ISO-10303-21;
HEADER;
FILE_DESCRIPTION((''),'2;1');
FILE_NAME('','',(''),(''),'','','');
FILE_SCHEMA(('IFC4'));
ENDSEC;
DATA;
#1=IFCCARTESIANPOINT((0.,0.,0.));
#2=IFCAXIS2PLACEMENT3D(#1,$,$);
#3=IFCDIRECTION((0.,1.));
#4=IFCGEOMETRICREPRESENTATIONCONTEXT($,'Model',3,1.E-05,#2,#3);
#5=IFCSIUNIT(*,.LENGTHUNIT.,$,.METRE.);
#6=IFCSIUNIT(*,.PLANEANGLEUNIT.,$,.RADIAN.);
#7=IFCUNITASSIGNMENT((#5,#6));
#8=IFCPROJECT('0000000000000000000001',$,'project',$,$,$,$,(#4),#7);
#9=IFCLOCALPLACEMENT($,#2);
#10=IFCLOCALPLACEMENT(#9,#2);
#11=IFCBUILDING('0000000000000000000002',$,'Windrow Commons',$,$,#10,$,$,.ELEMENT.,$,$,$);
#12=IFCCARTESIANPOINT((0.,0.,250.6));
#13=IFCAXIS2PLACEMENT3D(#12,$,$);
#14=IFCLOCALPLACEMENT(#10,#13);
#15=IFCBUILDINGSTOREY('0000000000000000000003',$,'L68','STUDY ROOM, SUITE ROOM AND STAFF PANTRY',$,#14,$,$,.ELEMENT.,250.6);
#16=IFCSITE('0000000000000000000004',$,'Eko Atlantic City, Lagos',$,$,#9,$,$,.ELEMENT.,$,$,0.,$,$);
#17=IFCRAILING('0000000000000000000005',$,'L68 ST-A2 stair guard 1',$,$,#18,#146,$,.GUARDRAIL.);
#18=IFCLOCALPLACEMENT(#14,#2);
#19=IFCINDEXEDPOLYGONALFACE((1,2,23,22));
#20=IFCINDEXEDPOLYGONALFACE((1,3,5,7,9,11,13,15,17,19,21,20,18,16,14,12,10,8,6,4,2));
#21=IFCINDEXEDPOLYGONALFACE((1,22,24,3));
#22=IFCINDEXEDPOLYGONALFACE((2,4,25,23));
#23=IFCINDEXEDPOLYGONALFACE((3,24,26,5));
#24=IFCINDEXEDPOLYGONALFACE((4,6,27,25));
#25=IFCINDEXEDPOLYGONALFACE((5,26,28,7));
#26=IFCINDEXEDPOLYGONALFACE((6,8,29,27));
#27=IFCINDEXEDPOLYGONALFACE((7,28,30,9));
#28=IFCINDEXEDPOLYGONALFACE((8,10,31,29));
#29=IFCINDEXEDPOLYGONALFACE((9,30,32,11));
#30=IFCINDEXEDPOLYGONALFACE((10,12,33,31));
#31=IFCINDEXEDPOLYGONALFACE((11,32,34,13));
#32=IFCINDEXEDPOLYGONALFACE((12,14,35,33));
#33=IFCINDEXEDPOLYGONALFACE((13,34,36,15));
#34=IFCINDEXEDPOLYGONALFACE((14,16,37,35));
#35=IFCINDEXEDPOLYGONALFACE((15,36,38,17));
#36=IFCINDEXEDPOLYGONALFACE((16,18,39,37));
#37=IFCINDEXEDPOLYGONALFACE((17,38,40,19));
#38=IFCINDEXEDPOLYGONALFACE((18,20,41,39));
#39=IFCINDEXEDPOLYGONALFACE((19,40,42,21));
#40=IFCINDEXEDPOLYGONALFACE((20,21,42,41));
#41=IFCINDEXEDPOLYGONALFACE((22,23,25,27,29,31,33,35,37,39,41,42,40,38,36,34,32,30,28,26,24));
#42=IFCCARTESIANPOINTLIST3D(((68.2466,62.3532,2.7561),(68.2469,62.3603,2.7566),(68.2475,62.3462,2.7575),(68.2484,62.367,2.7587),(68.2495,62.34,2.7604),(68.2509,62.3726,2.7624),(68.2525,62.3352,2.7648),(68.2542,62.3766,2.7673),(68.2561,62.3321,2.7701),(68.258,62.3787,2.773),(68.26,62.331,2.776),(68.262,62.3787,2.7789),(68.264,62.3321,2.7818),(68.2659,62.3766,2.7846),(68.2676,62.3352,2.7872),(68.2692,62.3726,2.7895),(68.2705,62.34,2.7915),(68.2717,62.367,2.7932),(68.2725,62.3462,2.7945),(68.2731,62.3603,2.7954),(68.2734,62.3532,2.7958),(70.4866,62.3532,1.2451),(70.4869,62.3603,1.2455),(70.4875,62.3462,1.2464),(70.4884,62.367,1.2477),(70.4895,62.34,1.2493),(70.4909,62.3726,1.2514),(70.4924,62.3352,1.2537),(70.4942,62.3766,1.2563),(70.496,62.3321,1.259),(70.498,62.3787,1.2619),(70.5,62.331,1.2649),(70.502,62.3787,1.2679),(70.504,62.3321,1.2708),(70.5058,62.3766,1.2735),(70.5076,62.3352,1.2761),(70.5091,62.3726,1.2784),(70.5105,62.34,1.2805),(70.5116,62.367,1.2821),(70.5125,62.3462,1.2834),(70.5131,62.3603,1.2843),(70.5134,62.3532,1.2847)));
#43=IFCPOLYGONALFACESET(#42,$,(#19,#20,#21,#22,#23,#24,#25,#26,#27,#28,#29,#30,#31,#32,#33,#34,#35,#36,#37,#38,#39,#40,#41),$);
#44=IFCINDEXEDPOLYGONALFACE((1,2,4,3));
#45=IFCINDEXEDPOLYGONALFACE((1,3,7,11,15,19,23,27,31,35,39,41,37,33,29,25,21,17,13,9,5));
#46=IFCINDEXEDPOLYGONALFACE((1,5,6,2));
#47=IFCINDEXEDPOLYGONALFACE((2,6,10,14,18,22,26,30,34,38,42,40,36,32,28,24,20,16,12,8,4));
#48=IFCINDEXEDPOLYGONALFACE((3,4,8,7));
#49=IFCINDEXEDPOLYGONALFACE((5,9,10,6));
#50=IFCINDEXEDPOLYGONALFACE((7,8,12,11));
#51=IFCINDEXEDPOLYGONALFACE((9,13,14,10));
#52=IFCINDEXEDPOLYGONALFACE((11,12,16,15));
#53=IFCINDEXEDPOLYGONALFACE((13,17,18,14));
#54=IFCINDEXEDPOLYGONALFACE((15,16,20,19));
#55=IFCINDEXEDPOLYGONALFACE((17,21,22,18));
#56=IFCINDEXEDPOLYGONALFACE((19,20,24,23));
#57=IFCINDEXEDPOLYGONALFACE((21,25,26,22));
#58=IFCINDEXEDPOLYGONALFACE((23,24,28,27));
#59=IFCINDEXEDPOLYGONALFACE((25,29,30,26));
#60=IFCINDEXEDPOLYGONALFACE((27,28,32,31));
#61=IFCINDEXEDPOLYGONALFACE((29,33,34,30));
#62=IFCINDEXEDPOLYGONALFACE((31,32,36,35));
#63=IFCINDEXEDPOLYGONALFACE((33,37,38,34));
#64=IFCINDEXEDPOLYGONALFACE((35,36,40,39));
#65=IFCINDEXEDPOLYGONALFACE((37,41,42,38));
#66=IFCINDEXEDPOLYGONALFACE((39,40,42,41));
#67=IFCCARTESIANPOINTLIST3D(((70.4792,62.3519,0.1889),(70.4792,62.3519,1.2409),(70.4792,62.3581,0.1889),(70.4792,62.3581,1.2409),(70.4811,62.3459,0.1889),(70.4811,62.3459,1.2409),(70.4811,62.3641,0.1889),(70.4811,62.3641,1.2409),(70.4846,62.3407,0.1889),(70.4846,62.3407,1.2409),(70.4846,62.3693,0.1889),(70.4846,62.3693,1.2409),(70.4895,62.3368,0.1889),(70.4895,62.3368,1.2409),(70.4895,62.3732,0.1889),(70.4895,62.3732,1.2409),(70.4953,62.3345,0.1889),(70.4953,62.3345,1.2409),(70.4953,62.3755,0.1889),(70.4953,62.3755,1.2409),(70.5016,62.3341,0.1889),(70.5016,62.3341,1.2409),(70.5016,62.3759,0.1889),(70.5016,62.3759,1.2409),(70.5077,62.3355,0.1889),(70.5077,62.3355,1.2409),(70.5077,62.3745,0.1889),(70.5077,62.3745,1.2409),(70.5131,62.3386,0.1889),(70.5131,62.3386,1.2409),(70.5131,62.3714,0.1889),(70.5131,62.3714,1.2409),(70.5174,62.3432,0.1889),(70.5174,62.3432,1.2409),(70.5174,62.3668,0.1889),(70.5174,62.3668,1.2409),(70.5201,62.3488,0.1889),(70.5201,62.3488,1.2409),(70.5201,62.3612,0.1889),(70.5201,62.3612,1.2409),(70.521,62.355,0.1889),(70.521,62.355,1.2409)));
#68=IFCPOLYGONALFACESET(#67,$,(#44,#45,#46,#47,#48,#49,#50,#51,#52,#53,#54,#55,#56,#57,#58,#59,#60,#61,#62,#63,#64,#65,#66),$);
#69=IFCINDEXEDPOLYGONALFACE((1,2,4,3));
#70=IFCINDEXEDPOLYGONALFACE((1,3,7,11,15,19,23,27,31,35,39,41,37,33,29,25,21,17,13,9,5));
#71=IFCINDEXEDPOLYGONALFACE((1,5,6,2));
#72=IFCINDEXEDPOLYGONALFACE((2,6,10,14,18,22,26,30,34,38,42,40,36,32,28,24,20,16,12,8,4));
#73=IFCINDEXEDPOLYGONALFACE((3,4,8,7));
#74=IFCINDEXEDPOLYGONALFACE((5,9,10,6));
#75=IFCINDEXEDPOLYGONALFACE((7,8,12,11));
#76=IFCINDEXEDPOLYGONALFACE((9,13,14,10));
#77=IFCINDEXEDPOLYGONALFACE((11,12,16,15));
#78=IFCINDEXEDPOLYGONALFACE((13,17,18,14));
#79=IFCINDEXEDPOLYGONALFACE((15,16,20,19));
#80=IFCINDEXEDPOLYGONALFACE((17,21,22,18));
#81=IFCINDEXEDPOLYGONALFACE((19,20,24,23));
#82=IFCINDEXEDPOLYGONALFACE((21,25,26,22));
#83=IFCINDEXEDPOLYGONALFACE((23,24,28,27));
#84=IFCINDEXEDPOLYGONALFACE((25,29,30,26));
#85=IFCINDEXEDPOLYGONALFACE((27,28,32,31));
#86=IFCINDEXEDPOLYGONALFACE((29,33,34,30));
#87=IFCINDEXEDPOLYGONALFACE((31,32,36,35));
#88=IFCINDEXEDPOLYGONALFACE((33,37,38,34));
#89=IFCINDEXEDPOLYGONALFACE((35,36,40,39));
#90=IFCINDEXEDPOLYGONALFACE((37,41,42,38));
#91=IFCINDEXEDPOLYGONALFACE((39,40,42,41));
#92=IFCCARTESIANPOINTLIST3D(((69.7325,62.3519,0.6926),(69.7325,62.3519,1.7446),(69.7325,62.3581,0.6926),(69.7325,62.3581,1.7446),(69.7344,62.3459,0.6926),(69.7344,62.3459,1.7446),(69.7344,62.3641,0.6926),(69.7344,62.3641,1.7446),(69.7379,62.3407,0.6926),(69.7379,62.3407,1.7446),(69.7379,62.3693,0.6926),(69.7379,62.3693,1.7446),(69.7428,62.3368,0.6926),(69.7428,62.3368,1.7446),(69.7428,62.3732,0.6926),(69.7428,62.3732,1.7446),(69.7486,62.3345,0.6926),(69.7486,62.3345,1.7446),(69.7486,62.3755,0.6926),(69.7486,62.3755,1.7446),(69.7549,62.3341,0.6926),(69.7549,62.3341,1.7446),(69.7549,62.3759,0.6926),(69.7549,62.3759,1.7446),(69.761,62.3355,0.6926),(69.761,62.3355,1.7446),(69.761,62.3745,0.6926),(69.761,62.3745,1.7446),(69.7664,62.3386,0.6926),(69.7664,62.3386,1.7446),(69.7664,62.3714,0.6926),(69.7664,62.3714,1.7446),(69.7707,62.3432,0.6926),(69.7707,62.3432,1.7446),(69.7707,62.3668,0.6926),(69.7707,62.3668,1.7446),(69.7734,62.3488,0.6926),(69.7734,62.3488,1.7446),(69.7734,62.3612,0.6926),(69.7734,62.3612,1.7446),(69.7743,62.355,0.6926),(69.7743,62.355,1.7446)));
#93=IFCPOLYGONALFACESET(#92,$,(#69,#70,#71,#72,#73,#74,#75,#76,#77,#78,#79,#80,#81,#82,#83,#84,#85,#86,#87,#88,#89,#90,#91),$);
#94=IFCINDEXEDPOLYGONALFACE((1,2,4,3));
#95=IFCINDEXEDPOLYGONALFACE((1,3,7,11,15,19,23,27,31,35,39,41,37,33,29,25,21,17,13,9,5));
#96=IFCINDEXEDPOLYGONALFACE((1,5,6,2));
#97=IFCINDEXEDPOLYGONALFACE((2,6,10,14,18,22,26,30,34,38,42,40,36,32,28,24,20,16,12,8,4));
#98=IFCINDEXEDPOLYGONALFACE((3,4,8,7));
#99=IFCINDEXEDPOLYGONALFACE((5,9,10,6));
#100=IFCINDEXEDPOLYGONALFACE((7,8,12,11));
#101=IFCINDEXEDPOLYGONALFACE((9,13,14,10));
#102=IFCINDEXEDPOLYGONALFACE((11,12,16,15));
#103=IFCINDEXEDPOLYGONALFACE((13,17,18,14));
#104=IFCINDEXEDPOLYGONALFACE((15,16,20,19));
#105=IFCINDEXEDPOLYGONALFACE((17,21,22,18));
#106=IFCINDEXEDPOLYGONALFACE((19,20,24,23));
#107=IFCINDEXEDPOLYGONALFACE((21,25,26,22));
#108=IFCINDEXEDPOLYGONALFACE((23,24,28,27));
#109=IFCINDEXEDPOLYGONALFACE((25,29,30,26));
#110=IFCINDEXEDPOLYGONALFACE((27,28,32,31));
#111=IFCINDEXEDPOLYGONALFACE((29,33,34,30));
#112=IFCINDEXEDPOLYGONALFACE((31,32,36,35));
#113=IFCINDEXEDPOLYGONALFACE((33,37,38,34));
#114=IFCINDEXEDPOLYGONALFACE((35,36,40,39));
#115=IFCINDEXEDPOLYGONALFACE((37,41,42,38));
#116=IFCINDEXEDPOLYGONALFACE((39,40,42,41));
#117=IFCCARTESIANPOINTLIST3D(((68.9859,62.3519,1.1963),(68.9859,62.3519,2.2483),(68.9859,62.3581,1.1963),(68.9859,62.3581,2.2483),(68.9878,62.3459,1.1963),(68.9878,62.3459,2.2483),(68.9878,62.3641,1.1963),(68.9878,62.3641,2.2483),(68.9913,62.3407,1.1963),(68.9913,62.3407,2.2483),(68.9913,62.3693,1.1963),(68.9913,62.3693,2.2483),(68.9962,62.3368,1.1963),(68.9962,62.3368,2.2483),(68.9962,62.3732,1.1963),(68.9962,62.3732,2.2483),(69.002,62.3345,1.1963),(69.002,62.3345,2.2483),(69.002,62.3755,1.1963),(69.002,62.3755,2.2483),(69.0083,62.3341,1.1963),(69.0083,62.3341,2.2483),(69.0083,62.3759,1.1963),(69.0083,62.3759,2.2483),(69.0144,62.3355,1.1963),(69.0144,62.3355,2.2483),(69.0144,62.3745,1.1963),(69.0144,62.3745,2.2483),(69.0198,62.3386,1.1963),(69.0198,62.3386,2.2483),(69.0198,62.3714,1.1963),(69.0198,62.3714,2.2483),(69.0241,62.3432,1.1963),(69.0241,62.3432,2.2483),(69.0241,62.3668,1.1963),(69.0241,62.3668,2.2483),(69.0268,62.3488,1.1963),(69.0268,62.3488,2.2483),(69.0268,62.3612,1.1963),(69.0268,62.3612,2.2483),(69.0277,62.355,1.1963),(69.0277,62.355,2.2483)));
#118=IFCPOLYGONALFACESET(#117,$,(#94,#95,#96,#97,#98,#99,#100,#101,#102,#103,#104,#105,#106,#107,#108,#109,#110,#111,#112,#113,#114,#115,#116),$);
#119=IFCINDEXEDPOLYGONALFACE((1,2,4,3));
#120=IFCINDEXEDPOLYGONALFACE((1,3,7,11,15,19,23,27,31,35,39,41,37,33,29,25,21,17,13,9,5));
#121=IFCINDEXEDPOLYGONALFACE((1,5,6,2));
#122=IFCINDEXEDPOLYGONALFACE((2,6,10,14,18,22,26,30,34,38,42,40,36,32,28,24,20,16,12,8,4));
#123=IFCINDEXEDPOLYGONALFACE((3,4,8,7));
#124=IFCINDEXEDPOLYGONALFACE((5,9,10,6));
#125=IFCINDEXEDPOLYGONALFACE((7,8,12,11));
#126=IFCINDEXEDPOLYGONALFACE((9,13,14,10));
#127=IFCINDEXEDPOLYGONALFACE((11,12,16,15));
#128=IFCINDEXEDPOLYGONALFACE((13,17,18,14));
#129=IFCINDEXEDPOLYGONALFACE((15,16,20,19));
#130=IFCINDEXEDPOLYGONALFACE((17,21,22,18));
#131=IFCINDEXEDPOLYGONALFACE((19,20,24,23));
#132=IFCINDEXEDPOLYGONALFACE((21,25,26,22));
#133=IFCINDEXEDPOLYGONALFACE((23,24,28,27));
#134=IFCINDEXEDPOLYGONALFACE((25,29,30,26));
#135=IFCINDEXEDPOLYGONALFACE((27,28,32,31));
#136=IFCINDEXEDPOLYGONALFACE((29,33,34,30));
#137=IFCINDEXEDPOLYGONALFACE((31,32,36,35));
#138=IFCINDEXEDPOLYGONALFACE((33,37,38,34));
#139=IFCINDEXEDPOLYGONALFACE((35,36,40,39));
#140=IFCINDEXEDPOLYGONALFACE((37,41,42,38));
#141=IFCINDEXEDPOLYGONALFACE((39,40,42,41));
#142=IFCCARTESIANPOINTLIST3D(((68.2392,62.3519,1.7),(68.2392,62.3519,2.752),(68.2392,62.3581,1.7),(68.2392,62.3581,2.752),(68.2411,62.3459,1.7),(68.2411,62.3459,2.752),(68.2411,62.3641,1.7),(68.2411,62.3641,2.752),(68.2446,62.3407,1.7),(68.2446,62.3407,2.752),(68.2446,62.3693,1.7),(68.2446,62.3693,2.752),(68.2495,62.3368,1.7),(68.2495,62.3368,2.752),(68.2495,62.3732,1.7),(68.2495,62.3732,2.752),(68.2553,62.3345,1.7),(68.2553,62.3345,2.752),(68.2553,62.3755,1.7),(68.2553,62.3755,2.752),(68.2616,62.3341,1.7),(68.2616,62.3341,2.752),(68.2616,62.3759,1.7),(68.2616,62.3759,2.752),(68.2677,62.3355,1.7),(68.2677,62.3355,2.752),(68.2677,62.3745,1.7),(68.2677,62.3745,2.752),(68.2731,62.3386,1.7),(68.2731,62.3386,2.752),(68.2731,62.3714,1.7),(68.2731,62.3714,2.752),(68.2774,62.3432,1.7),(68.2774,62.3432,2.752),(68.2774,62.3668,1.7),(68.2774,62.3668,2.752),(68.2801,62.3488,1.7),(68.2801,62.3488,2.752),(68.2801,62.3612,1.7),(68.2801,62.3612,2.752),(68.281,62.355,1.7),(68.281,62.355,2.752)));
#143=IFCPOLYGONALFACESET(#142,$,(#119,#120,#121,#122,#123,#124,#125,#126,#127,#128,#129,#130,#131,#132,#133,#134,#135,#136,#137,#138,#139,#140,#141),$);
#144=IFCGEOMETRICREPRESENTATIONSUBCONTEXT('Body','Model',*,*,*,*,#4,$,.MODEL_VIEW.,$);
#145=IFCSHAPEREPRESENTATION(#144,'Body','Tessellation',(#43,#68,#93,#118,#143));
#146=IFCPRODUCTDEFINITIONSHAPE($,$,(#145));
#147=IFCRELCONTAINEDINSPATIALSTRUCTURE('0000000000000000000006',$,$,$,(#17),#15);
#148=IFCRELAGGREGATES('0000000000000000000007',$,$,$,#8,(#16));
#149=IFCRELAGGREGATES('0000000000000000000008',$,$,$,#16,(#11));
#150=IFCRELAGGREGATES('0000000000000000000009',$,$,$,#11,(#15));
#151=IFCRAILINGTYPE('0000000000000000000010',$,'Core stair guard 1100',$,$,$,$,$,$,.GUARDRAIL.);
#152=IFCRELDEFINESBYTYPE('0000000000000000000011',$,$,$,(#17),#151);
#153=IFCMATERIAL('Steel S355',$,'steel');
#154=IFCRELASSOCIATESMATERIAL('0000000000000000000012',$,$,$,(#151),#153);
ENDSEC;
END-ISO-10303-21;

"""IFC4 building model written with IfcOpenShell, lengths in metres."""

from ifc_helpers import new_model, si_unit, direction, frame, origin, origin_2d, place, context, subcontext, project, spatial, circle, extrude, material, type_object, element, save


model = new_model("IFC4")

# Units and contexts
model_context = context("Model", 3, precision=1e-05, world=origin(), true_north=direction((0.0, 1.0)))
body_context = subcontext(model_context, "Body", "Model", "MODEL_VIEW")
ifc_project = project(units=[si_unit("LENGTHUNIT", "METRE"), si_unit("PLANEANGLEUNIT", "RADIAN")], contexts=[model_context])

# Site, building, storey
site_placement = place(None, origin())
site = spatial("IfcSite", under=ifc_project, at=site_placement, Name="Eko Atlantic City, Lagos", CompositionType="ELEMENT", RefElevation=0.0)
building_placement = place(site_placement, origin())
building = spatial("IfcBuilding", under=site, at=building_placement, Name="Windrow Commons", CompositionType="ELEMENT")
storey_placement = place(building_placement, frame((0.0, 0.0, 250.6)))
storey = spatial("IfcBuildingStorey", under=building, at=storey_placement, Name="L68", Description="STUDY ROOM, SUITE ROOM AND STAFF PANTRY", CompositionType="ELEMENT", Elevation=250.6)

# Railing
ifc_material_1 = material(Name="Steel S355", Category="steel")
railing_type_1 = type_object("IfcRailingType", Name="Core stair guard 1100", PredefinedType="GUARDRAIL", material=ifc_material_1)
for number, where, name in (
    (1, (70.5, 62.355, 0.1889), "L68 ST-A2 stair guard 1"),
):
    element("IfcRailing", number, at=place(storey_placement, frame(where)), inside=storey, type_object=railing_type_1, Name=name, PredefinedType="GUARDRAIL", context=body_context, shape_type="SweptSolid", body=[
        extrude(circle(Radius=0.024, at=origin_2d()), frame((0.0, 0.0, 1.076), z_axis=(-0.829003, 0.0, 0.559244), x_axis=(0.0, -1.0, 0.0)), (0.0, 0.0, 1.0), 2.702),
        extrude(circle(Radius=0.021, at=origin_2d()), origin(), (0.0, 0.0, 1.0), 1.052),
        extrude(circle(Radius=0.021, at=origin_2d()), frame((-0.7467, 0.0, 0.5037)), (0.0, 0.0, 1.0), 1.052),
        extrude(circle(Radius=0.021, at=origin_2d()), frame((-1.4933, 0.0, 1.0074)), (0.0, 0.0, 1.0), 1.052),
        extrude(circle(Radius=0.021, at=origin_2d()), frame((-2.24, 0.0, 1.5111)), (0.0, 0.0, 1.0), 1.052),
    ])

save(model, "model.ifc")
